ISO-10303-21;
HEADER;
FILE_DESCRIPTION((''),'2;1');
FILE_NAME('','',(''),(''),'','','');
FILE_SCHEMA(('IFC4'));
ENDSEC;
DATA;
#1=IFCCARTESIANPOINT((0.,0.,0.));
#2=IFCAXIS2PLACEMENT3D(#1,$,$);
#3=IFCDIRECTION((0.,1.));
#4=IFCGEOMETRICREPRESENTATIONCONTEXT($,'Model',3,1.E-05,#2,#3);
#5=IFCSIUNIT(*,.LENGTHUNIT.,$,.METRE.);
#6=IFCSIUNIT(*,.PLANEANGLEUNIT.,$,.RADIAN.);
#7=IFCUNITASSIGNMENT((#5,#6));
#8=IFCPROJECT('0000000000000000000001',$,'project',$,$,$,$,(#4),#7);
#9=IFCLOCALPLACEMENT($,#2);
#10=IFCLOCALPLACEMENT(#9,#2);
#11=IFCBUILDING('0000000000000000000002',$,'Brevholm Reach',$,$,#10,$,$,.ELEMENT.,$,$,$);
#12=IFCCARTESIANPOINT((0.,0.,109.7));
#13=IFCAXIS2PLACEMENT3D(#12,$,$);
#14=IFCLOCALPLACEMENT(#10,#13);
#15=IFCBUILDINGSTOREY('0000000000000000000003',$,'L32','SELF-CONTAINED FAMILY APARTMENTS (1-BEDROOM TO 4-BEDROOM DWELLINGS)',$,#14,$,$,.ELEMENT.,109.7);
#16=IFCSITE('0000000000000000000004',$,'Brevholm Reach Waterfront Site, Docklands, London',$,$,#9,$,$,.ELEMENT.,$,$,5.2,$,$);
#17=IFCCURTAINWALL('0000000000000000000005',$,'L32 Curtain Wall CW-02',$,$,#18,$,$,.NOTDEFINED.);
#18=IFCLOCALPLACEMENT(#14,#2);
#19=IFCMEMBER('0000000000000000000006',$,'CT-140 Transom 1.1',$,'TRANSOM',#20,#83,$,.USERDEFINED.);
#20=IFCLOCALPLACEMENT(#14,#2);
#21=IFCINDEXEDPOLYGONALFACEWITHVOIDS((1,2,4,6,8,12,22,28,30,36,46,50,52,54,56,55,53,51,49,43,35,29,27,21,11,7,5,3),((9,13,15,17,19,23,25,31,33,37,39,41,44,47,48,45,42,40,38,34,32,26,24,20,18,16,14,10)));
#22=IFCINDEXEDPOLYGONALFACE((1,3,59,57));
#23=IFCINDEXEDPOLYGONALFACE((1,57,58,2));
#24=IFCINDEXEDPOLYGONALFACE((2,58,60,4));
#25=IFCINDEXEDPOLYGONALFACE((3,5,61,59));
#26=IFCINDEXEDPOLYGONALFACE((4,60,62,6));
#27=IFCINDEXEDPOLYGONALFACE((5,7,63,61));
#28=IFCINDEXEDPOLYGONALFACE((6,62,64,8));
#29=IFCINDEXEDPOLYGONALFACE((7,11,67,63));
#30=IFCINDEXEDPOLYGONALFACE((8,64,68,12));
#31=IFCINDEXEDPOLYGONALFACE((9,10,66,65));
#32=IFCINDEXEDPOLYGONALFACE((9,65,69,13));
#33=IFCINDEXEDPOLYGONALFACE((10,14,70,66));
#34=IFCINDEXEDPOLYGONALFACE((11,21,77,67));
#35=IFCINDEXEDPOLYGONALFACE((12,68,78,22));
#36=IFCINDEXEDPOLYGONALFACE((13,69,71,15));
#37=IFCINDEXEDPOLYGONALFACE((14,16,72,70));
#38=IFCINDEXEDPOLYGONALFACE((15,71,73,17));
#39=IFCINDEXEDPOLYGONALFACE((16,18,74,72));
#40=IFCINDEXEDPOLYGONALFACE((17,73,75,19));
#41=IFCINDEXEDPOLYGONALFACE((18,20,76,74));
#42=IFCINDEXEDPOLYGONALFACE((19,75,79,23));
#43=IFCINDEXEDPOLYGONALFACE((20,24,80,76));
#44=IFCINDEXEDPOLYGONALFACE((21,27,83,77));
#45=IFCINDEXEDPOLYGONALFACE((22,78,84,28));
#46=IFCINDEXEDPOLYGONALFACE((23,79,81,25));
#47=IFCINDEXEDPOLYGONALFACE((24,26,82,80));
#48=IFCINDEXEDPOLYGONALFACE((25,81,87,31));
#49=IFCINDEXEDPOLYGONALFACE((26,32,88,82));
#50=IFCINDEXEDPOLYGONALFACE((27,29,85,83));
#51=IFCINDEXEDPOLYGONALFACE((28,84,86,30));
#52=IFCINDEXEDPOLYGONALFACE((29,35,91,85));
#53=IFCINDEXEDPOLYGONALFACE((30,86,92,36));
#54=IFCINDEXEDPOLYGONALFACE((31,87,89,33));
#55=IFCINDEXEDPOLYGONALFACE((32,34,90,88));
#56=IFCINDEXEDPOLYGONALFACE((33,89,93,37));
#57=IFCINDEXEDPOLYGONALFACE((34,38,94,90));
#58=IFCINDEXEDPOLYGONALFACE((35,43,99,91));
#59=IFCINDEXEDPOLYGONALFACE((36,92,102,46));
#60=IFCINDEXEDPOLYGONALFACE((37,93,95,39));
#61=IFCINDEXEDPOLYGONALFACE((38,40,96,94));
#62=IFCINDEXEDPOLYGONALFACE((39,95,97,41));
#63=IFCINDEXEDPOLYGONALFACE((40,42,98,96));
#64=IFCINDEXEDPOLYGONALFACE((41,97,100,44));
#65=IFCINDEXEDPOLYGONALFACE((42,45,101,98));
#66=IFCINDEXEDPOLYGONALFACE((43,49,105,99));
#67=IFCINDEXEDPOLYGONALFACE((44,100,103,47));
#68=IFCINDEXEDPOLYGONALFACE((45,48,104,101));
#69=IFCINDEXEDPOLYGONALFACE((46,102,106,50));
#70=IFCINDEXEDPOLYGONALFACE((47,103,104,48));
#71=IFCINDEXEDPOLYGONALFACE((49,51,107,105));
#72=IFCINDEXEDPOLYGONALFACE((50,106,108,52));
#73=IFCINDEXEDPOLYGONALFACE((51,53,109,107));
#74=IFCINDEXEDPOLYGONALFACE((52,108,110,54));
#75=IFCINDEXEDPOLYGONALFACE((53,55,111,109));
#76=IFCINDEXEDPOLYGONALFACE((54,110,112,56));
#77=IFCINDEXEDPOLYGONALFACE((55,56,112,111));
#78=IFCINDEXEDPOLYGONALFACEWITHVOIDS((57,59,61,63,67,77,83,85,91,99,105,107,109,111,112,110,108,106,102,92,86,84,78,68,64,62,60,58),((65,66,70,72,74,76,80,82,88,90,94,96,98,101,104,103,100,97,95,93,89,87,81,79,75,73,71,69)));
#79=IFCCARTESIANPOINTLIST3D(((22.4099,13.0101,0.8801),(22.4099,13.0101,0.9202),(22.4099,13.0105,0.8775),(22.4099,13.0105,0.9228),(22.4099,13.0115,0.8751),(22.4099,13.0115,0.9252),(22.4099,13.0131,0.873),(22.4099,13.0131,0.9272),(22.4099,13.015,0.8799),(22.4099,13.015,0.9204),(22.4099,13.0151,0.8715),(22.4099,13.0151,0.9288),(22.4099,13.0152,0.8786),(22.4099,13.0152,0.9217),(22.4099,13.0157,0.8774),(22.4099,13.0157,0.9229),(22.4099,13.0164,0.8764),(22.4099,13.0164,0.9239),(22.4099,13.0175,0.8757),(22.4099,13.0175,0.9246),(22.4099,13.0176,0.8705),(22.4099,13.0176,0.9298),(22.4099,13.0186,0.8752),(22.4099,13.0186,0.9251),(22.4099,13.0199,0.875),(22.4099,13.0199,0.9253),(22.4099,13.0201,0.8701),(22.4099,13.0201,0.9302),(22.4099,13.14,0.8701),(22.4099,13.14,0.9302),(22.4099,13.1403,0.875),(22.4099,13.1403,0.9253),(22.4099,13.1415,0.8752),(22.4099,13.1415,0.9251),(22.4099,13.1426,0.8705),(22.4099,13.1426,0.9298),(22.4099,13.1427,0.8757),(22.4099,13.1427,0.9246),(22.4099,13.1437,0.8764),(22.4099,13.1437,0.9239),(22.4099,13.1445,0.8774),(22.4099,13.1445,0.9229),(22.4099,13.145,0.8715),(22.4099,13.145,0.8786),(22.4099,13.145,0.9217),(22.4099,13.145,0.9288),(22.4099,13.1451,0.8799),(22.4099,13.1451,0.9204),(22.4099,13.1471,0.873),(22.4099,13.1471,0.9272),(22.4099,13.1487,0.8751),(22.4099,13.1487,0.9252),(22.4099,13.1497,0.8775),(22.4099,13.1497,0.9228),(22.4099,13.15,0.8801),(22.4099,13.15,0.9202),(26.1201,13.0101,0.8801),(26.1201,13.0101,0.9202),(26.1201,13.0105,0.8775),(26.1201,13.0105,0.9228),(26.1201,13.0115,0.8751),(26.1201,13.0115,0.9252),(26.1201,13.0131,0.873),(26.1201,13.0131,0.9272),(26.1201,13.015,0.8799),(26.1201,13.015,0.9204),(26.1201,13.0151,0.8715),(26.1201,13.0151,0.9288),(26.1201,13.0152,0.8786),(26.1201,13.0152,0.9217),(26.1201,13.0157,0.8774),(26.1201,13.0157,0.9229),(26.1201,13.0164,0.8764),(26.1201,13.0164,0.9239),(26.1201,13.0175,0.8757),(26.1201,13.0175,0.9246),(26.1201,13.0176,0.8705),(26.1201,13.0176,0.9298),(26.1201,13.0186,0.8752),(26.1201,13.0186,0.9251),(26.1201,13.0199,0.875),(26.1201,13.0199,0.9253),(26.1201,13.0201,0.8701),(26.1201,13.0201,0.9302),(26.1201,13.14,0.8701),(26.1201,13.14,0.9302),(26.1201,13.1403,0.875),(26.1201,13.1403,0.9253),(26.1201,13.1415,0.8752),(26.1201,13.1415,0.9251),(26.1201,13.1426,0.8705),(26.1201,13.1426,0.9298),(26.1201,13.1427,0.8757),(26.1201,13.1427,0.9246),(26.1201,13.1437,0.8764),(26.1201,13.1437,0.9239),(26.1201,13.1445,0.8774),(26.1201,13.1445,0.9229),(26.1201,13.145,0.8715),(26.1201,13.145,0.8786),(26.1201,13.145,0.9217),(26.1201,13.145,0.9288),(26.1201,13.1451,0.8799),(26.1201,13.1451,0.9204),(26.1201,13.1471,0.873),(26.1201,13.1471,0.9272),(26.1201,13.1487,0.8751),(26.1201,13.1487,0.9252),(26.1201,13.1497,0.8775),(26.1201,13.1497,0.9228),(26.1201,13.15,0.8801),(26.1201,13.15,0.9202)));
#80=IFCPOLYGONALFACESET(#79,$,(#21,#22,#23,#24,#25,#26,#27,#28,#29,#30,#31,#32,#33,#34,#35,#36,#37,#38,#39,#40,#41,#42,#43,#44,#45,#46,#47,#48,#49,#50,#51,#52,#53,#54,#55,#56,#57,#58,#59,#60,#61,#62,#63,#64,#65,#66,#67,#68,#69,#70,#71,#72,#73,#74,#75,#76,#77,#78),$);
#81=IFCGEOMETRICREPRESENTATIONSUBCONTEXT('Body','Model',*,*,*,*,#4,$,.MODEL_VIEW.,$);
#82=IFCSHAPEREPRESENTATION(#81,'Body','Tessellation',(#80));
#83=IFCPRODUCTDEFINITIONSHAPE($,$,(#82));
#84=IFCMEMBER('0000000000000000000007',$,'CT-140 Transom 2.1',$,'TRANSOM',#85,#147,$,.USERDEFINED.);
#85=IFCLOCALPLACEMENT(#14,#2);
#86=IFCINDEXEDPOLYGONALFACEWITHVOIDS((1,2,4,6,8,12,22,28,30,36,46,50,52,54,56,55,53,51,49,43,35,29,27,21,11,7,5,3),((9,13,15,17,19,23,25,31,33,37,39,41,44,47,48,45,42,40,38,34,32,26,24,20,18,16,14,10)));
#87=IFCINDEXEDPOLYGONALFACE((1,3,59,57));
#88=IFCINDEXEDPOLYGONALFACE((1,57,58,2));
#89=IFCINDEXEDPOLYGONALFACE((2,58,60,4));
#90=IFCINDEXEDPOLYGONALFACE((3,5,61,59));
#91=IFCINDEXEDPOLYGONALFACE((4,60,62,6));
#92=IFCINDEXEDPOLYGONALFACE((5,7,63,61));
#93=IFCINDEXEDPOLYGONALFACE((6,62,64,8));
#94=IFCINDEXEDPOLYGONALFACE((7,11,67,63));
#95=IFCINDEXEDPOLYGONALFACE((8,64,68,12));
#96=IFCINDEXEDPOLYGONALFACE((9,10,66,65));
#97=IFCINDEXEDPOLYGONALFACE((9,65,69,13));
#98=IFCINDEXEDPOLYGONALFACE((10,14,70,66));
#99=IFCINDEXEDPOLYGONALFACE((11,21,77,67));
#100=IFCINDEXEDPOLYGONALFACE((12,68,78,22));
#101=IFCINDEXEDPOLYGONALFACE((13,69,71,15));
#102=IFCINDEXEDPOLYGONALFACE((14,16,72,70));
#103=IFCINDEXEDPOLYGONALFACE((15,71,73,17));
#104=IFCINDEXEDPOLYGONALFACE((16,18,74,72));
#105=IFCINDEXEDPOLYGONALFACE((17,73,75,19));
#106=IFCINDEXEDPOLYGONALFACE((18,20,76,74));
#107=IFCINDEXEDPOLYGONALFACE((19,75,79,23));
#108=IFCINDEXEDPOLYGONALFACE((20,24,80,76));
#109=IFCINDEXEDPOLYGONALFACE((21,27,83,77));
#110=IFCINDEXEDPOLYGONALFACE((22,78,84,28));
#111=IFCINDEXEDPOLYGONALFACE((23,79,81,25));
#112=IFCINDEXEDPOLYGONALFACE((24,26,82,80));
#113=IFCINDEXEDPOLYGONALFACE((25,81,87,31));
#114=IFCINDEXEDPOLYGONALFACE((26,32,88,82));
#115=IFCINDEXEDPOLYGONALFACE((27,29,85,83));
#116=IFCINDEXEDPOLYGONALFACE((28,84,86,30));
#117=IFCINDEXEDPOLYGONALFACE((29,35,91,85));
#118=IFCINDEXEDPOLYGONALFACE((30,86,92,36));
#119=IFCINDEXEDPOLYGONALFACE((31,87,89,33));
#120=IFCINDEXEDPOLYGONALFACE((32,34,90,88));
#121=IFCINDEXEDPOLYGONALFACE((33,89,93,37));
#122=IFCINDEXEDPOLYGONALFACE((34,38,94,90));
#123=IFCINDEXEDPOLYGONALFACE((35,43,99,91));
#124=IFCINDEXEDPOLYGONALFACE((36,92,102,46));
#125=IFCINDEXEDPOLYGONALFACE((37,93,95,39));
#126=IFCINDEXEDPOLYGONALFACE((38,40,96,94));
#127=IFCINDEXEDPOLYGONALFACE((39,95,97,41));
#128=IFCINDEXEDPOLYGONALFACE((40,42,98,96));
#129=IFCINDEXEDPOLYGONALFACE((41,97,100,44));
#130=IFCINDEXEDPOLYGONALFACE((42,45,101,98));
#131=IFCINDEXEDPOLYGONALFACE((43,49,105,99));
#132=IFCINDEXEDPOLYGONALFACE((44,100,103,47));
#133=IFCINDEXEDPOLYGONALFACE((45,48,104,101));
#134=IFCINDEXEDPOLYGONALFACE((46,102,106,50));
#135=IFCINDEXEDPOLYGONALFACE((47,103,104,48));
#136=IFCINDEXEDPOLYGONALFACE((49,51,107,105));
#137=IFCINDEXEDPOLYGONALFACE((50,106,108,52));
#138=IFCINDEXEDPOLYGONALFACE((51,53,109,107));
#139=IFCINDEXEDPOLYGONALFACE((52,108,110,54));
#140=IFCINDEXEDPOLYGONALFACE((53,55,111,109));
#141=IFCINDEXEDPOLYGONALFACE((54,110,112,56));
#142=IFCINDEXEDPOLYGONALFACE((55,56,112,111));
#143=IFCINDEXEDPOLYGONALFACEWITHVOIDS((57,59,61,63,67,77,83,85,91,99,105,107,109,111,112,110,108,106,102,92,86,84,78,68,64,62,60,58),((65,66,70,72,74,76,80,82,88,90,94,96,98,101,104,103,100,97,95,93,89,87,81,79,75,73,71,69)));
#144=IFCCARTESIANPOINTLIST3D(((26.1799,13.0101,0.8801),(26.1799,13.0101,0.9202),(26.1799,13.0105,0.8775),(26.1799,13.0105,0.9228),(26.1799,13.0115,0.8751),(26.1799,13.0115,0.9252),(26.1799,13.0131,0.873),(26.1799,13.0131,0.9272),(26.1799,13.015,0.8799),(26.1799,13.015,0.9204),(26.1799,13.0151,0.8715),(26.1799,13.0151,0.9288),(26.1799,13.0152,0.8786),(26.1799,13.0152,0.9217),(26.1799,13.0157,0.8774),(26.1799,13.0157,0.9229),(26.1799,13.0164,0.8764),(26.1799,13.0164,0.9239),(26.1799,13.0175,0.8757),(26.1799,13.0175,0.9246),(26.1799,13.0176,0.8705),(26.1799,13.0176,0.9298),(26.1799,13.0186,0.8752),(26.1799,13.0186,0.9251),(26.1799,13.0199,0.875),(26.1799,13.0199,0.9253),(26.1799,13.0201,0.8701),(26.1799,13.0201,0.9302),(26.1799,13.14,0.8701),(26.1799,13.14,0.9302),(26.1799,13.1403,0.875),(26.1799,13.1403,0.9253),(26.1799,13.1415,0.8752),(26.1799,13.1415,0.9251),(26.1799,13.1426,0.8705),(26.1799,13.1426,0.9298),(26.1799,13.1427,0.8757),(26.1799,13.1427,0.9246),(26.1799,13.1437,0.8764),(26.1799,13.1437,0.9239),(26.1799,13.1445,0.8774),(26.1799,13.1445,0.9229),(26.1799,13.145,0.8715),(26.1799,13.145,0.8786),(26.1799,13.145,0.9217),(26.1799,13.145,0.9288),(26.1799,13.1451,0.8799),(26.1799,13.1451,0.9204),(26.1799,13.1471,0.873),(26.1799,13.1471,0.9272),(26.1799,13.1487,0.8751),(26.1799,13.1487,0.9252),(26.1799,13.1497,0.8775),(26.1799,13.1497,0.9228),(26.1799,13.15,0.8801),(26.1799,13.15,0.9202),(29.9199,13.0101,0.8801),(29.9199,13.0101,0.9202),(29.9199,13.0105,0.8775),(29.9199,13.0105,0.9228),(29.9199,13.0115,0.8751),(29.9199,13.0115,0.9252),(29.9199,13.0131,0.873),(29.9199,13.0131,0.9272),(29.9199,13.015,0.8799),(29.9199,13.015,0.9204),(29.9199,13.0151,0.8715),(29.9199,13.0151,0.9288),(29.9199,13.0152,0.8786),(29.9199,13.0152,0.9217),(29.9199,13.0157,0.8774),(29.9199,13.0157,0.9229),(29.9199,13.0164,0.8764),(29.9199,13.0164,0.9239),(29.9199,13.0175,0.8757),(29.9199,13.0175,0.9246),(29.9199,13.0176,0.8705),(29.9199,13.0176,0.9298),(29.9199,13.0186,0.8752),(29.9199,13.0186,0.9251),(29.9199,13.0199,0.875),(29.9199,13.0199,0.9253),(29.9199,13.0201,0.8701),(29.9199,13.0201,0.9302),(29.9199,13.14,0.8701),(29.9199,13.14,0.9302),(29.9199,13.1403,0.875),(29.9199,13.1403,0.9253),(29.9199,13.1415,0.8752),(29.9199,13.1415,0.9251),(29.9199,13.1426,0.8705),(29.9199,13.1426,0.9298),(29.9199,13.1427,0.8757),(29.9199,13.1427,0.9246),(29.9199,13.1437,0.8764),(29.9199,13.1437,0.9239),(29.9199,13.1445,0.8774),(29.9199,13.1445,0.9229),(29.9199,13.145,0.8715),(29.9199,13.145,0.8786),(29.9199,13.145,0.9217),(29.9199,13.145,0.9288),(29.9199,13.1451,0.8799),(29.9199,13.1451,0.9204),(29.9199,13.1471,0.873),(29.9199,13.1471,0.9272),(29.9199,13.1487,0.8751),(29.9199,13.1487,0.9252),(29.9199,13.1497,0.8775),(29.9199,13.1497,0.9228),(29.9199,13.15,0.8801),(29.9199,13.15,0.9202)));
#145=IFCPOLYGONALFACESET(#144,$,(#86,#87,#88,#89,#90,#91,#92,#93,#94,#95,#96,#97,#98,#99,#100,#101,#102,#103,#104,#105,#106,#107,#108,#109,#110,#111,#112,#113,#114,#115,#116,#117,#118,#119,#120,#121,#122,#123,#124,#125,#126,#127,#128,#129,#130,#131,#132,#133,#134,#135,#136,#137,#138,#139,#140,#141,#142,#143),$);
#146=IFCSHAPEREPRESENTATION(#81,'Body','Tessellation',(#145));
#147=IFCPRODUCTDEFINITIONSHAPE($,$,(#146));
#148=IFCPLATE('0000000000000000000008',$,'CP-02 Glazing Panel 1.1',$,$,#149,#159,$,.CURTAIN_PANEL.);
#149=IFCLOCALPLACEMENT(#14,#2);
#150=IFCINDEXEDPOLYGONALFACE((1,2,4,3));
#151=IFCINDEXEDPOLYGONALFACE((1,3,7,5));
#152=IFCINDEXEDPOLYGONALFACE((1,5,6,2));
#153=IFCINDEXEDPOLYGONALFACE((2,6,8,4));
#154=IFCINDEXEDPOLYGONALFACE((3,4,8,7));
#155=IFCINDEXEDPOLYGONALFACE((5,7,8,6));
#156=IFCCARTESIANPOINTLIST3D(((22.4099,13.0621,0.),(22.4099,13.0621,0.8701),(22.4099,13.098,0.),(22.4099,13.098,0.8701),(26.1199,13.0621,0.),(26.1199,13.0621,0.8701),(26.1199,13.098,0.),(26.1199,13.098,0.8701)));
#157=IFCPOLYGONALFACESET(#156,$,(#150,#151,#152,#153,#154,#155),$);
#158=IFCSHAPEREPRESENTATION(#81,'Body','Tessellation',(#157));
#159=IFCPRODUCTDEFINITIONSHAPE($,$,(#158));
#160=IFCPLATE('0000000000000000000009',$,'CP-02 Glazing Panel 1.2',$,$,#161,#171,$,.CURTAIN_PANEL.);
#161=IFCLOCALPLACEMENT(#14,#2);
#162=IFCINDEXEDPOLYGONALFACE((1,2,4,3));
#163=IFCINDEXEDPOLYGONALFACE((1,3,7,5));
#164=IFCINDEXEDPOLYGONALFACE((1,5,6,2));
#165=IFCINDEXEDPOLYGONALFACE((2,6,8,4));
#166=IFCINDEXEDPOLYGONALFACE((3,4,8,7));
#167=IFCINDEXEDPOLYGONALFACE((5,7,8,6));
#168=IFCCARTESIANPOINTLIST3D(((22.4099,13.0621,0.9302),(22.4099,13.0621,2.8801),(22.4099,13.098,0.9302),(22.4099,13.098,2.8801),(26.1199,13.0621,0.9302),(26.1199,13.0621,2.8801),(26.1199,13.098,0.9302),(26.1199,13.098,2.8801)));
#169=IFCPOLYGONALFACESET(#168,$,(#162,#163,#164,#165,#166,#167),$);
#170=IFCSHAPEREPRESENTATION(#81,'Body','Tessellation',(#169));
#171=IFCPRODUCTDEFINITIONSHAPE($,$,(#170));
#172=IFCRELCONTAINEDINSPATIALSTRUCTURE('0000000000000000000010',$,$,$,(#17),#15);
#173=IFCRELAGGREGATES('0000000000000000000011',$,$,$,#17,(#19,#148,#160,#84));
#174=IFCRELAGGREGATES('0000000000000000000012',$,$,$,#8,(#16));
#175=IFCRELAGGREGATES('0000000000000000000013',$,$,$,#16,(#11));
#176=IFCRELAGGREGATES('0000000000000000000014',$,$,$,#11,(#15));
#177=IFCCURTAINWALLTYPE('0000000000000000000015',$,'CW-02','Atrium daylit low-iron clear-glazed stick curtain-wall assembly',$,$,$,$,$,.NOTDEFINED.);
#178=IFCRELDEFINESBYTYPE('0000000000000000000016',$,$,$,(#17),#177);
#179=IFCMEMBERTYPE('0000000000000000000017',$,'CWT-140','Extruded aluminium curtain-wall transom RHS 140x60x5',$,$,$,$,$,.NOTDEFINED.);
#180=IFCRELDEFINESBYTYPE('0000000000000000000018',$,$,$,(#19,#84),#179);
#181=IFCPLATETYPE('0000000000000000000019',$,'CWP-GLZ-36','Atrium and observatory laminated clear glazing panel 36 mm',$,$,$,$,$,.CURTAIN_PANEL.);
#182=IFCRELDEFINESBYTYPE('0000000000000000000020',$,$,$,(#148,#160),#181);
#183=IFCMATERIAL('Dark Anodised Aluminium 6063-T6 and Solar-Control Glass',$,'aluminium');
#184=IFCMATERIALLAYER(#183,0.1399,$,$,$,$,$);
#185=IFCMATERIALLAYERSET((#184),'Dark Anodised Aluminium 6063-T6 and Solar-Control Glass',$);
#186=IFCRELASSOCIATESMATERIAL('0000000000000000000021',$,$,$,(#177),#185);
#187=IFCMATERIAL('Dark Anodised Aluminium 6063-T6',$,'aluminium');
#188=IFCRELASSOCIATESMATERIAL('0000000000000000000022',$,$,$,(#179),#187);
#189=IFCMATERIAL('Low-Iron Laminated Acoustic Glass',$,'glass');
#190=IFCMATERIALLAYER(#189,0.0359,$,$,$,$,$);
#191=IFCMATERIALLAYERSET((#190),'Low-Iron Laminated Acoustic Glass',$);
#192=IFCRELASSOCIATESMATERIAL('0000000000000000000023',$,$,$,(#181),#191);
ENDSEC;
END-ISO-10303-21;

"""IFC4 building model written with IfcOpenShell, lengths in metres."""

from ifc_helpers import new_model, si_unit, direction, frame, origin, origin_2d, place, context, subcontext, project, spatial, rectangle, hollow_rectangle, extrude, material, layer, layer_set, material_profile, profile_set, type_object, element, aggregate, save


model = new_model("IFC4")

# Units and contexts
model_context = context("Model", 3, precision=1e-05, world=origin(), true_north=direction((0.0, 1.0)))
body_context = subcontext(model_context, "Body", "Model", "MODEL_VIEW")
ifc_project = project(units=[si_unit("LENGTHUNIT", "METRE"), si_unit("PLANEANGLEUNIT", "RADIAN")], contexts=[model_context])

# Site, building, storey
site_placement = place(None, origin())
site = spatial("IfcSite", under=ifc_project, at=site_placement, Name="Brevholm Reach Waterfront Site, Docklands, London", CompositionType="ELEMENT", RefElevation=5.2)
building_placement = place(site_placement, origin())
building = spatial("IfcBuilding", under=site, at=building_placement, Name="Brevholm Reach", CompositionType="ELEMENT")
storey_placement = place(building_placement, frame((0.0, 0.0, 109.7)))
storey = spatial("IfcBuildingStorey", under=building, at=storey_placement, Name="L32", Description="SELF-CONTAINED FAMILY APARTMENTS (1-BEDROOM TO 4-BEDROOM DWELLINGS)", CompositionType="ELEMENT", Elevation=109.7)

# Curtain wall, members, plates
ifc_material_1 = material(Name="Dark Anodised Aluminium 6063-T6 and Solar-Control Glass", Category="aluminium")
ifc_layer_1 = layer(ifc_material_1, 0.1399)
ifc_layer_set_1 = layer_set([ifc_layer_1], Name="Dark Anodised Aluminium 6063-T6 and Solar-Control Glass")
curtain_wall_type = type_object("IfcCurtainWallType", Name="CW-02", Description="Atrium daylit low-iron clear-glazed stick curtain-wall assembly", PredefinedType="NOTDEFINED", material=ifc_layer_set_1)
curtain_wall_placement = place(storey_placement, origin())
curtain_wall = element("IfcCurtainWall", 1, at=curtain_wall_placement, inside=storey, type_object=curtain_wall_type, Name="L32 Curtain Wall CW-02", PredefinedType="NOTDEFINED")
ifc_material_2 = material(Name="Dark Anodised Aluminium 6063-T6", Category="aluminium")
ifc_material_profile_1 = material_profile(ifc_material_2, hollow_rectangle(XDim=0.0601, YDim=0.1399, WallThickness=0.0049, InnerFilletRadius=0.0049, OuterFilletRadius=0.01, at=origin_2d()), Name="RHS 140x60x5")
ifc_profile_set_1 = profile_set([ifc_material_profile_1], Name="Dark Anodised Aluminium 6063-T6")
member_type_1 = type_object("IfcMemberType", Name="CWT-140", Description="Extruded aluminium curtain-wall transom RHS 140x60x5", PredefinedType="NOTDEFINED", material=ifc_profile_set_1)
member_1_placement = place(storey_placement, frame((22.4099, 13.0801, 0.9001), z_axis=(1.0, 0.0, 0.0), x_axis=(0.0, 0.0, 1.0)))
member_1 = element("IfcMember", 2, at=member_1_placement, type_object=member_type_1, Name="CT-140 Transom 1.1", ObjectType="TRANSOM", PredefinedType="USERDEFINED", context=body_context, shape_type="SweptSolid", body=[
    extrude(hollow_rectangle(XDim=0.0601, YDim=0.1399, WallThickness=0.0049, InnerFilletRadius=0.0049, OuterFilletRadius=0.01, at=origin_2d()), origin(), (0.0, 0.0, 1.0), 3.7102),
])
member_2_placement = place(storey_placement, frame((26.1799, 13.0801, 0.9001), z_axis=(1.0, 0.0, 0.0), x_axis=(0.0, 0.0, 1.0)))
member_2 = element("IfcMember", 3, at=member_2_placement, type_object=member_type_1, Name="CT-140 Transom 2.1", ObjectType="TRANSOM", PredefinedType="USERDEFINED", context=body_context, shape_type="SweptSolid", body=[
    extrude(hollow_rectangle(XDim=0.0601, YDim=0.1399, WallThickness=0.0049, InnerFilletRadius=0.0049, OuterFilletRadius=0.01, at=origin_2d()), origin(), (0.0, 0.0, 1.0), 3.74),
])
ifc_material_3 = material(Name="Low-Iron Laminated Acoustic Glass", Category="glass")
ifc_layer_2 = layer(ifc_material_3, 0.0359)
ifc_layer_set_2 = layer_set([ifc_layer_2], Name="Low-Iron Laminated Acoustic Glass")
plate_type = type_object("IfcPlateType", Name="CWP-GLZ-36", Description="Atrium and observatory laminated clear glazing panel 36 mm", PredefinedType="CURTAIN_PANEL", material=ifc_layer_set_2)
plate_1_placement = place(storey_placement, frame((24.2649, 13.0801, 0.0), z_axis=(0.0, 0.0, 1.0), x_axis=(1.0, 0.0, 0.0)))
plate_1 = element("IfcPlate", 4, at=plate_1_placement, type_object=plate_type, Name="CP-02 Glazing Panel 1.1", PredefinedType="CURTAIN_PANEL", context=body_context, shape_type="SweptSolid", body=[
    extrude(rectangle(XDim=3.71, YDim=0.0359, at=origin_2d()), origin(), (0.0, 0.0, 1.0), 0.8701),
])
plate_2_placement = place(storey_placement, frame((24.2649, 13.0801, 0.9302), z_axis=(0.0, 0.0, 1.0), x_axis=(1.0, 0.0, 0.0)))
plate_2 = element("IfcPlate", 5, at=plate_2_placement, type_object=plate_type, Name="CP-02 Glazing Panel 1.2", PredefinedType="CURTAIN_PANEL", context=body_context, shape_type="SweptSolid", body=[
    extrude(rectangle(XDim=3.71, YDim=0.0359, at=origin_2d()), origin(), (0.0, 0.0, 1.0), 1.95),
])
aggregate(curtain_wall, [member_1, plate_1, plate_2, member_2])

save(model, "model.ifc")
